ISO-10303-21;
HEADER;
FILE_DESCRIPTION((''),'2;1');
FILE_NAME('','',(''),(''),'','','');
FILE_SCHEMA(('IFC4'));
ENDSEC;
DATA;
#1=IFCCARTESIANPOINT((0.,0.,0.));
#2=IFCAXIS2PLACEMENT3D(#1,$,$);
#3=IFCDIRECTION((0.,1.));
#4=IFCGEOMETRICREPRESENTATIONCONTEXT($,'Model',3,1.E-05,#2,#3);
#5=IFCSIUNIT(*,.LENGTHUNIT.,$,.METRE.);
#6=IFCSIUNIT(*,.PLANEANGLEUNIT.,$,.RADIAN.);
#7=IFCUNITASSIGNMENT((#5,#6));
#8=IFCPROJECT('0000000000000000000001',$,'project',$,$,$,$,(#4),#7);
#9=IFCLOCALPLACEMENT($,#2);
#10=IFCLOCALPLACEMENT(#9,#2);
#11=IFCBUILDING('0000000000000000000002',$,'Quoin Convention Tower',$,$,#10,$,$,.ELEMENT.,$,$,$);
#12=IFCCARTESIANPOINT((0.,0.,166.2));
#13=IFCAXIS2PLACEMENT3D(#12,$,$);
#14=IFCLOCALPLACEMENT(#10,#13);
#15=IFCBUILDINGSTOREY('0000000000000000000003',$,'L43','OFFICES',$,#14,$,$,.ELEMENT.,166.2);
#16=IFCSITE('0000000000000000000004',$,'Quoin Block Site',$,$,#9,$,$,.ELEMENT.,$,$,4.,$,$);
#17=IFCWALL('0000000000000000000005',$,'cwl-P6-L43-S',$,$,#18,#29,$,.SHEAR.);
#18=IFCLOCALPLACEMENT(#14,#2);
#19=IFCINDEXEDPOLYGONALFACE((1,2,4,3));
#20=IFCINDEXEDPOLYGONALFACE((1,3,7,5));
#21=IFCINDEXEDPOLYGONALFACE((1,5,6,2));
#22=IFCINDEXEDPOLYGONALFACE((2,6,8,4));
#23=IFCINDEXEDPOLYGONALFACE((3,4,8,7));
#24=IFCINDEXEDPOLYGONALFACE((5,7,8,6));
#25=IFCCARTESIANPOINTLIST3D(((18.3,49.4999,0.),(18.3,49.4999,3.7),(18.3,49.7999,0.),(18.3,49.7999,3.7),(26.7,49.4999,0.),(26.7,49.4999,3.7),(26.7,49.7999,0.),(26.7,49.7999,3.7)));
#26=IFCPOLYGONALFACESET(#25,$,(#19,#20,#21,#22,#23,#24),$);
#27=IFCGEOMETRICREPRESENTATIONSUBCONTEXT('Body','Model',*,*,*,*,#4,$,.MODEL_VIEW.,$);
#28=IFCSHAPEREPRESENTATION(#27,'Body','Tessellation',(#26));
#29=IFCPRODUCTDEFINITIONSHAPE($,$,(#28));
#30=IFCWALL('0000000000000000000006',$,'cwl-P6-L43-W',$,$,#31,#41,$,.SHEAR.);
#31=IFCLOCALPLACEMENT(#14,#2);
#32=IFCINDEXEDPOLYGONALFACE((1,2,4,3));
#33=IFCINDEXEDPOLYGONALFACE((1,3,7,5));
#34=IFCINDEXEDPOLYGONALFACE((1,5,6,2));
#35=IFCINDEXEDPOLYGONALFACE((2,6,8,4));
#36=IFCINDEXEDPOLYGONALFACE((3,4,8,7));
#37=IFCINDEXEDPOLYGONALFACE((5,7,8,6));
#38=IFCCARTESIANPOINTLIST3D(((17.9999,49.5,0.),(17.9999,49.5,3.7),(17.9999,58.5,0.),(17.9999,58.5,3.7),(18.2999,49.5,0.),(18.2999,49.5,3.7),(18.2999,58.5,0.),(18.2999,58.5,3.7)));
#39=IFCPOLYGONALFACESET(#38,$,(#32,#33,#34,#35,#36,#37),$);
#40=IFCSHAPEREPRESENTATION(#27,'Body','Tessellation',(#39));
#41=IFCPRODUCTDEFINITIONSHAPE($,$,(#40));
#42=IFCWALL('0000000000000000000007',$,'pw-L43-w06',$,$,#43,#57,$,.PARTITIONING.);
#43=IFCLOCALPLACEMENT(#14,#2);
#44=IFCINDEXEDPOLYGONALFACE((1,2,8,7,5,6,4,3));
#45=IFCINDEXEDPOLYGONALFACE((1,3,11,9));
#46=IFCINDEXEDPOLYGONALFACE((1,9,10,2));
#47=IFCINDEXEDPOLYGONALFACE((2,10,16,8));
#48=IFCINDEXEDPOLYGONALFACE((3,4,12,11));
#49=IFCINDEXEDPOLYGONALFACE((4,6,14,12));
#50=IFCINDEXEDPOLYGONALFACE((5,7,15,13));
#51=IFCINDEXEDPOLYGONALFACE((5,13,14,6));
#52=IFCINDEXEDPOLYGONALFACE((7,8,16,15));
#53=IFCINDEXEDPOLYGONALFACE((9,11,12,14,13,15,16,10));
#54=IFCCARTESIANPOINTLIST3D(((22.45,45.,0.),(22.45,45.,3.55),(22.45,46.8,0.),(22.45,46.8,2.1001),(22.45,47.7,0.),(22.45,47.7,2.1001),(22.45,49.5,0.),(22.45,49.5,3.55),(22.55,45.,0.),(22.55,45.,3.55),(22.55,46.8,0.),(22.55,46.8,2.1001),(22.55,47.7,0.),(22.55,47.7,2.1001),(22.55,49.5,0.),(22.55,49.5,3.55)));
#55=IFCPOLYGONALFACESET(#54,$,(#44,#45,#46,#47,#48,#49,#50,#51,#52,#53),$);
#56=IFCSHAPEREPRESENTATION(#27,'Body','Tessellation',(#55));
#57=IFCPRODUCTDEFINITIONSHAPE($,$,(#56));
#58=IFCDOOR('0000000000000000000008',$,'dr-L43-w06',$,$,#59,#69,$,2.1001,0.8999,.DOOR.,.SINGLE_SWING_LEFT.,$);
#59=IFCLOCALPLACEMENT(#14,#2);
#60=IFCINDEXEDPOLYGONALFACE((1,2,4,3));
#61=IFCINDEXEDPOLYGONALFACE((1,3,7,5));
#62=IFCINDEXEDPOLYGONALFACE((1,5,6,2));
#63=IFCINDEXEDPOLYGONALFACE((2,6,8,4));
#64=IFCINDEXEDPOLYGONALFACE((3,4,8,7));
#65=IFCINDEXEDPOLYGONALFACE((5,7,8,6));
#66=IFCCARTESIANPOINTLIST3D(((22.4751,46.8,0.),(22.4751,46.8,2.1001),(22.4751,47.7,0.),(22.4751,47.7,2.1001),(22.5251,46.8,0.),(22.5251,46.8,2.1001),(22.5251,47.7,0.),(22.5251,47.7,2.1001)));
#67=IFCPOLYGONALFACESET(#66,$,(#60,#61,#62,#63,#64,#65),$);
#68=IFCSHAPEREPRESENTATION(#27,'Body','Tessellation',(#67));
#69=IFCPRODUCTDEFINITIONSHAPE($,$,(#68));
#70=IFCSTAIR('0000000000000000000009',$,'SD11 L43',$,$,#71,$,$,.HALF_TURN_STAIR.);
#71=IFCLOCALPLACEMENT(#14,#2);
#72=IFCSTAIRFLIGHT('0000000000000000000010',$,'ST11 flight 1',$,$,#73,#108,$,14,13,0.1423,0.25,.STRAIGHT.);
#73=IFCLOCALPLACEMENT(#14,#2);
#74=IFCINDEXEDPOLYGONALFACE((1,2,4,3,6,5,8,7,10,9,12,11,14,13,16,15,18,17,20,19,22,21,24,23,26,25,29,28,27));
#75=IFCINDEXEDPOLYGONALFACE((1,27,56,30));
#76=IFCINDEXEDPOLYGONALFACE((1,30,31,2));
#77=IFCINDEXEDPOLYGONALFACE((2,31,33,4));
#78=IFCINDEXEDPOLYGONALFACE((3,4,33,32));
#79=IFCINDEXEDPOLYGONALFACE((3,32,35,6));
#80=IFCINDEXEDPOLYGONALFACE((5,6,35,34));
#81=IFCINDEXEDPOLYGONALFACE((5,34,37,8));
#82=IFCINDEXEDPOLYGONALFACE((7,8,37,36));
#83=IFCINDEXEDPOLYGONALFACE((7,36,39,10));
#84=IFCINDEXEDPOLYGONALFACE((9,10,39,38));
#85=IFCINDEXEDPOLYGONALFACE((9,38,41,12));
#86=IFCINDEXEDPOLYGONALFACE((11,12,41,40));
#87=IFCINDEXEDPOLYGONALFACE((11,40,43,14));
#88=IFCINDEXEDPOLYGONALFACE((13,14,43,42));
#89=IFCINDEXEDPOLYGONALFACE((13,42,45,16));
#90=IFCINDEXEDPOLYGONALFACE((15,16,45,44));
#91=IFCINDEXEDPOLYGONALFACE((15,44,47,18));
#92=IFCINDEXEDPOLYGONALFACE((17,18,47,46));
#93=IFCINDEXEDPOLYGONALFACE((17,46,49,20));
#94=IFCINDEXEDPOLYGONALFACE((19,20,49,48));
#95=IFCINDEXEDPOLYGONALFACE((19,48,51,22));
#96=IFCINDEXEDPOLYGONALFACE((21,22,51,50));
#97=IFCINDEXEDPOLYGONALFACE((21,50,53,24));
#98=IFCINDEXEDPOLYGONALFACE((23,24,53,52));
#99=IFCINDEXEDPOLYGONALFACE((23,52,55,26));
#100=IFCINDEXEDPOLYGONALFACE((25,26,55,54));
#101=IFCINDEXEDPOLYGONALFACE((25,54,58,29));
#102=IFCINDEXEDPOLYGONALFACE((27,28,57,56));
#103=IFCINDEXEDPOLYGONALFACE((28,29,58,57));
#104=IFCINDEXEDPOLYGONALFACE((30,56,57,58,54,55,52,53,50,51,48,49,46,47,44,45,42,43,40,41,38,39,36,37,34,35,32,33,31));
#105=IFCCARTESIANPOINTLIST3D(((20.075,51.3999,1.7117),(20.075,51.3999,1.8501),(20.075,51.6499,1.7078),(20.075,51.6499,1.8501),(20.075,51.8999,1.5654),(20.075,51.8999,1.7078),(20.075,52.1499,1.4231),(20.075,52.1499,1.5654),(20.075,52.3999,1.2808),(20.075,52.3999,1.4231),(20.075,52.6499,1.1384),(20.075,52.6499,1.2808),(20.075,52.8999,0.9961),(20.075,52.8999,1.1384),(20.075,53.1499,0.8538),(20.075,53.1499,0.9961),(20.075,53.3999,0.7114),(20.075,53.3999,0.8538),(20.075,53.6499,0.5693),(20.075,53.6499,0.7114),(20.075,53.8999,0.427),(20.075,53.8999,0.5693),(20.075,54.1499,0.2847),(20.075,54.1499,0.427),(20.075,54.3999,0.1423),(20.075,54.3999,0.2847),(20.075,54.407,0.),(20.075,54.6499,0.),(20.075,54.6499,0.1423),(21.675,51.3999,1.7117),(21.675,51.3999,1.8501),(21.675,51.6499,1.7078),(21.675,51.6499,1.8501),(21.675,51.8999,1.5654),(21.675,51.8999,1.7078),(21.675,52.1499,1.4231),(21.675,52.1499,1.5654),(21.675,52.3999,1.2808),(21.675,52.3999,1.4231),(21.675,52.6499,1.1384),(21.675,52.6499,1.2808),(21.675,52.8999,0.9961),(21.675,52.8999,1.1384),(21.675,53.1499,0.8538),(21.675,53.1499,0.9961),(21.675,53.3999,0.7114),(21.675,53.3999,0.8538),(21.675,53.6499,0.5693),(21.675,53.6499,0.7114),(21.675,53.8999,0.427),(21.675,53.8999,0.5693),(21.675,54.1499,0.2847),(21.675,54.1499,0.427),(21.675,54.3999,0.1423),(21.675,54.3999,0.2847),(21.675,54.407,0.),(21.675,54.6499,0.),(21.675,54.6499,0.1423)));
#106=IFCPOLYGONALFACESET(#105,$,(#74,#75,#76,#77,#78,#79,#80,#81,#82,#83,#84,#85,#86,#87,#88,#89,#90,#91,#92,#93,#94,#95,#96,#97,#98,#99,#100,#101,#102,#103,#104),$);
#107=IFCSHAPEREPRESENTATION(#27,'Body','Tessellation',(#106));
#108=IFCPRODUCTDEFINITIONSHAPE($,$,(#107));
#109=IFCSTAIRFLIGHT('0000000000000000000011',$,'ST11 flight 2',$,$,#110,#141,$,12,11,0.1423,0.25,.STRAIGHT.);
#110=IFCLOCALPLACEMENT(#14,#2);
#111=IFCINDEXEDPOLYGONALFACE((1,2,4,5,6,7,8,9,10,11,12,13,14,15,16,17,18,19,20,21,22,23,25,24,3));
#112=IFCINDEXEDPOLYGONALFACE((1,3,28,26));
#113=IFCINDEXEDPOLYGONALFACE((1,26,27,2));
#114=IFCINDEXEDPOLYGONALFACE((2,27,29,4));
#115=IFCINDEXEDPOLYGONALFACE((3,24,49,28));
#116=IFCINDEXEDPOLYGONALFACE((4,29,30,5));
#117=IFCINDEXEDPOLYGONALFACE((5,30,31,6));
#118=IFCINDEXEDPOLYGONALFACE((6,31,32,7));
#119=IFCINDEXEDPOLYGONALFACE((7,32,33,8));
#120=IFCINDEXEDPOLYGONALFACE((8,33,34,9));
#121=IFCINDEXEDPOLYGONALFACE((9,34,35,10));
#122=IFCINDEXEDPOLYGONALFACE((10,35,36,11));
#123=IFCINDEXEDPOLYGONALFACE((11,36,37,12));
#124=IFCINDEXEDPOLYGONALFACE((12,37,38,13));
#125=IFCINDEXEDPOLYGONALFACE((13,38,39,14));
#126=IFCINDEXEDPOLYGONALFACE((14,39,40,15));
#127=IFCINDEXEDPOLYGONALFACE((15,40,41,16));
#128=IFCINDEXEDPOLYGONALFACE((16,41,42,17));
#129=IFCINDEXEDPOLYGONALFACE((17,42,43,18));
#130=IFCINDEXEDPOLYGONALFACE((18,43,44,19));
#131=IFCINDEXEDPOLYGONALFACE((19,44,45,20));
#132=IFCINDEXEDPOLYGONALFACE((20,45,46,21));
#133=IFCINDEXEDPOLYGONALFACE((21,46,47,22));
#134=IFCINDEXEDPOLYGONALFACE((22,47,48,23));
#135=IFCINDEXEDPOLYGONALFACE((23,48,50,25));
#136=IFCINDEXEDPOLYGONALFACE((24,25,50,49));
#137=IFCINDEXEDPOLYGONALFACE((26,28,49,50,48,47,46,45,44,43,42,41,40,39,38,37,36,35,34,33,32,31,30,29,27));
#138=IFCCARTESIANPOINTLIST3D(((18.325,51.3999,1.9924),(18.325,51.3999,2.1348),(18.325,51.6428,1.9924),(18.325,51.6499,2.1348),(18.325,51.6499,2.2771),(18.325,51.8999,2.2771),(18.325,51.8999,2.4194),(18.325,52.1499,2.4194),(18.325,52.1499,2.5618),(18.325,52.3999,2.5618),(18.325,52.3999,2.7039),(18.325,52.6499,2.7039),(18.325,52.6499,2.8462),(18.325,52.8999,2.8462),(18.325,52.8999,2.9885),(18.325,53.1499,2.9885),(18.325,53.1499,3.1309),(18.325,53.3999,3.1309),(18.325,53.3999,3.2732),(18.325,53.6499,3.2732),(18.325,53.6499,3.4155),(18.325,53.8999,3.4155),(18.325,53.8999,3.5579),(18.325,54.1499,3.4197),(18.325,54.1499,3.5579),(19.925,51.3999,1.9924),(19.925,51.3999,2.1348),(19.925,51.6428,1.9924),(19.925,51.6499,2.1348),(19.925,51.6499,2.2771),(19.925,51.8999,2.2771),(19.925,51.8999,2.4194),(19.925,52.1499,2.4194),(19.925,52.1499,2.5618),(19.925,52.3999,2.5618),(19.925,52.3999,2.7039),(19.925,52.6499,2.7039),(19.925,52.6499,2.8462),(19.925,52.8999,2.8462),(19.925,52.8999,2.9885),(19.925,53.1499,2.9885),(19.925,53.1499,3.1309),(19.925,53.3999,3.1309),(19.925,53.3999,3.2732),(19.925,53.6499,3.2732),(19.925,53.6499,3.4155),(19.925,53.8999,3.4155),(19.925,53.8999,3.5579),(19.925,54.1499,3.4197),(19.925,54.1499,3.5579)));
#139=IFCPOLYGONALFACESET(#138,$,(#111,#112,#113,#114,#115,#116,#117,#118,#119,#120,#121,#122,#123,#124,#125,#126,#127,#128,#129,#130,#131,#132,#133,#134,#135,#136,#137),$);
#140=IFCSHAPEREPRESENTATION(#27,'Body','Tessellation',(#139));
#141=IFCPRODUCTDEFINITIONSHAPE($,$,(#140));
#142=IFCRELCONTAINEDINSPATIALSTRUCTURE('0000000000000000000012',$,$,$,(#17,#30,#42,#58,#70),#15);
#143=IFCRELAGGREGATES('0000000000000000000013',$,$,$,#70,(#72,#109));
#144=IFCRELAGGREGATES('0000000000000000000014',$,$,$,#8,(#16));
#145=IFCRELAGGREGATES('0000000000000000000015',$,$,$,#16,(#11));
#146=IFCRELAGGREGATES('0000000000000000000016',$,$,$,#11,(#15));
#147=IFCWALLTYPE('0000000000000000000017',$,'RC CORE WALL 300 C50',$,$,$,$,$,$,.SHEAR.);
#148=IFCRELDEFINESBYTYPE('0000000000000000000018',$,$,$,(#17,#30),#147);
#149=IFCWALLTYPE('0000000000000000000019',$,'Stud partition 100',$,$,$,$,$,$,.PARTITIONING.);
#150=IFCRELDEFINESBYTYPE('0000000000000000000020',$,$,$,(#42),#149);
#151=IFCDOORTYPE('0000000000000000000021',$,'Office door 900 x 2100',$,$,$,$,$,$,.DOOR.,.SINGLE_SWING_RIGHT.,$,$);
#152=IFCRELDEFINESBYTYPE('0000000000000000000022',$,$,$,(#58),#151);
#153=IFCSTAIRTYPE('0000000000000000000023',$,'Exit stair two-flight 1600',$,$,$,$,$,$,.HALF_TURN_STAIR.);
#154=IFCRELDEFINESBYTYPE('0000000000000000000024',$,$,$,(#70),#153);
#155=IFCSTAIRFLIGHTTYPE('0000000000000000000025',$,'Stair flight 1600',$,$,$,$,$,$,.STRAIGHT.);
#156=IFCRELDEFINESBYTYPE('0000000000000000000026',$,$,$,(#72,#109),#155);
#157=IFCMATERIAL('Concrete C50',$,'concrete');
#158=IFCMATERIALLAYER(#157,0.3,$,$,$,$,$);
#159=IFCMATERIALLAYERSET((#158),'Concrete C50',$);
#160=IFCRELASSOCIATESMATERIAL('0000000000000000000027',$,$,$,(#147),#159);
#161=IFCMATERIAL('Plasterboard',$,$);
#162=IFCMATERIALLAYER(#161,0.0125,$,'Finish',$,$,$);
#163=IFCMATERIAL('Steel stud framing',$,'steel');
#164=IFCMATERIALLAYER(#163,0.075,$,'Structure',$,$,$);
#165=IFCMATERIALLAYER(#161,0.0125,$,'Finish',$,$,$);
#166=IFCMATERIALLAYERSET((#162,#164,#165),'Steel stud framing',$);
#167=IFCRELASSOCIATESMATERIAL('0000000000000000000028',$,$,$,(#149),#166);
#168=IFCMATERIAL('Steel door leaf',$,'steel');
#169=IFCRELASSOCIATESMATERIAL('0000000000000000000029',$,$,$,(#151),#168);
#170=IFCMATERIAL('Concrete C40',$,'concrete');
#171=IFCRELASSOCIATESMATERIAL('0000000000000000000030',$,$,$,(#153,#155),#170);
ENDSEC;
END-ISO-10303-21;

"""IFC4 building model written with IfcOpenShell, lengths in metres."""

from ifc_helpers import new_model, si_unit, direction, frame, frame_2d, origin, place, context, subcontext, project, spatial, polyline, rectangle, outline, extrude, material, layer, layer_set, type_object, element, fill, aggregate, save


model = new_model("IFC4")

# Units and contexts
model_context = context("Model", 3, precision=1e-05, world=origin(), true_north=direction((0.0, 1.0)))
body_context = subcontext(model_context, "Body", "Model", "MODEL_VIEW")
ifc_project = project(units=[si_unit("LENGTHUNIT", "METRE"), si_unit("PLANEANGLEUNIT", "RADIAN")], contexts=[model_context])

# Site, building, storey
site_placement = place(None, origin())
site = spatial("IfcSite", under=ifc_project, at=site_placement, Name="Quoin Block Site", CompositionType="ELEMENT", RefElevation=4.0)
building_placement = place(site_placement, origin())
building = spatial("IfcBuilding", under=site, at=building_placement, Name="Quoin Convention Tower", CompositionType="ELEMENT")
storey_placement = place(building_placement, frame((0.0, 0.0, 166.2)))
storey = spatial("IfcBuildingStorey", under=building, at=storey_placement, Name="L43", Description="OFFICES", CompositionType="ELEMENT", Elevation=166.2)

# Shared definitions
ifc_material_1 = material(Name="Concrete C50", Category="concrete")

# Walls
ifc_layer_1 = layer(ifc_material_1, 0.3)
ifc_layer_set_1 = layer_set([ifc_layer_1], Name="Concrete C50")
wall_type_1 = type_object("IfcWallType", Name="RC CORE WALL 300 C50", PredefinedType="SHEAR", material=ifc_layer_set_1)
wall_1_placement = place(storey_placement, frame((18.3, 49.6499, 0.0), z_axis=(0.0, 0.0, 1.0), x_axis=(1.0, 0.0, 0.0)))
element("IfcWall", 1, at=wall_1_placement, inside=storey, type_object=wall_type_1, Name="cwl-P6-L43-S", PredefinedType="SHEAR", context=body_context, shape_type="SweptSolid", body=[
    extrude(rectangle(XDim=8.3999, YDim=0.3, at=frame_2d((4.2, 0.0))), origin(), (0.0, 0.0, 1.0), 3.7),
])
wall_2_placement = place(storey_placement, frame((18.1499, 49.5, 0.0), z_axis=(0.0, 0.0, 1.0), x_axis=(0.0, 1.0, 0.0)))
element("IfcWall", 2, at=wall_2_placement, inside=storey, type_object=wall_type_1, Name="cwl-P6-L43-W", PredefinedType="SHEAR", context=body_context, shape_type="SweptSolid", body=[
    extrude(rectangle(XDim=9.0, YDim=0.3, at=frame_2d((4.5, 0.0))), origin(), (0.0, 0.0, 1.0), 3.7),
])

# Wall, opening, door
ifc_material_2 = material(Name="Plasterboard")
ifc_layer_2 = layer(ifc_material_2, 0.0125, Name="Finish")
ifc_material_3 = material(Name="Steel stud framing", Category="steel")
ifc_layer_3 = layer(ifc_material_3, 0.075, Name="Structure")
ifc_layer_4 = layer(ifc_material_2, 0.0125, Name="Finish")
ifc_layer_set_2 = layer_set([ifc_layer_2, ifc_layer_3, ifc_layer_4], Name="Steel stud framing")
wall_type_2 = type_object("IfcWallType", Name="Stud partition 100", PredefinedType="PARTITIONING", material=ifc_layer_set_2)
wall_3_placement = place(storey_placement, frame((22.5, 49.5, 0.0), z_axis=(0.0, 0.0, 1.0), x_axis=(0.0, -1.0, 0.0)))
wall_3 = element("IfcWall", 3, at=wall_3_placement, inside=storey, type_object=wall_type_2, Name="pw-L43-w06", PredefinedType="PARTITIONING", context=body_context, shape_type="SweptSolid", body=[
    extrude(rectangle(XDim=4.5, YDim=0.1001, at=frame_2d((2.25, 0.0))), origin(), (0.0, 0.0, 1.0), 3.55),
])
opening_placement = place(wall_3_placement, frame((1.8, 0.0, 0.0)))
opening = element("IfcOpeningElement", 4, at=opening_placement, cuts=wall_3, PredefinedType="OPENING", context=body_context, shape_type="SweptSolid", body=[
    extrude(rectangle(XDim=0.8999, YDim=2.1001, at=frame_2d((0.45, 1.05))), frame((0.0, 0.0601, 0.0), z_axis=(0.0, -1.0, 0.0), x_axis=(1.0, 0.0, 0.0)), (0.0, 0.0, 1.0), 0.1201),
])
ifc_material_4 = material(Name="Steel door leaf", Category="steel")
door_type = type_object("IfcDoorType", Name="Office door 900 x 2100", OperationType="SINGLE_SWING_RIGHT", PredefinedType="DOOR", material=ifc_material_4)
door_placement = place(opening_placement, frame((0.8999, 0.0, 0.0), z_axis=(0.0, 0.0, 1.0), x_axis=(-1.0, 0.0, 0.0)))
door = element("IfcDoor", 5, at=door_placement, inside=storey, type_object=door_type, Name="dr-L43-w06", OperationType="SINGLE_SWING_LEFT", OverallHeight=2.1001, OverallWidth=0.8999, PredefinedType="DOOR", context=body_context, shape_type="SweptSolid", body=[
    extrude(rectangle(XDim=0.8999, YDim=2.1001, at=frame_2d((0.45, 1.05))), frame((0.0, 0.0249, 0.0), z_axis=(0.0, -1.0, 0.0), x_axis=(1.0, 0.0, 0.0)), (0.0, 0.0, 1.0), 0.05),
])
fill(opening, door)

# Stair, stair flights
ifc_material_5 = material(Name="Concrete C40", Category="concrete")
stair_type = type_object("IfcStairType", Name="Exit stair two-flight 1600", PredefinedType="HALF_TURN_STAIR", material=ifc_material_5)
stair_1_placement = place(storey_placement, origin())
stair_1 = element("IfcStair", 6, at=stair_1_placement, inside=storey, type_object=stair_type, Name="SD11 L43", PredefinedType="HALF_TURN_STAIR")
stair_flight_type = type_object("IfcStairFlightType", Name="Stair flight 1600", PredefinedType="STRAIGHT", material=ifc_material_5)
stair_flight_1_placement = place(storey_placement, frame((20.875, 54.6499, 0.0), z_axis=(0.0, 0.0, 1.0), x_axis=(0.0, -1.0, 0.0)))
stair_flight_1 = element("IfcStairFlight", 7, at=stair_flight_1_placement, type_object=stair_flight_type, Name="ST11 flight 1", NumberOfRisers=14, NumberOfTreads=13, PredefinedType="STRAIGHT", RiserHeight=0.1423, TreadLength=0.25, context=body_context, shape_type="SweptSolid", body=[
    extrude(outline(polyline([(0.0, 0.0), (0.0, 0.1423), (0.25, 0.1423), (0.25, 0.2847), (0.5, 0.2847), (0.5, 0.427), (0.75, 0.427), (0.75, 0.5693), (1.0, 0.5693), (1.0, 0.7114), (1.25, 0.7114), (1.25, 0.8538), (1.5, 0.8538), (1.5, 0.9961), (1.75, 0.9961), (1.75, 1.1384), (2.0, 1.1384), (2.0, 1.2808), (2.25, 1.2808), (2.25, 1.4231), (2.5, 1.4231), (2.5, 1.5654), (2.75, 1.5654), (2.75, 1.7078), (3.0, 1.7078), (3.0, 1.8501), (3.25, 1.8501), (3.25, 1.9922), (3.25, 1.7117), (0.2429, 0.0), (0.0, 0.0)])), frame((0.0, 0.8, 0.0), z_axis=(0.0, -1.0, 0.0), x_axis=(1.0, 0.0, 0.0)), (0.0, 0.0, 1.0), 1.6001),
])
stair_flight_2_placement = place(storey_placement, frame((19.125, 51.3999, 1.9924), z_axis=(0.0, 0.0, 1.0), x_axis=(0.0, 1.0, 0.0)))
stair_flight_2 = element("IfcStairFlight", 8, at=stair_flight_2_placement, type_object=stair_flight_type, Name="ST11 flight 2", NumberOfRisers=12, NumberOfTreads=11, PredefinedType="STRAIGHT", RiserHeight=0.1423, TreadLength=0.25, context=body_context, shape_type="SweptSolid", body=[
    extrude(outline(polyline([(0.0, 0.0), (0.0, 0.1423), (0.25, 0.1423), (0.25, 0.2847), (0.5, 0.2847), (0.5, 0.427), (0.75, 0.427), (0.75, 0.5693), (1.0, 0.5693), (1.0, 0.7114), (1.25, 0.7114), (1.25, 0.8538), (1.5, 0.8538), (1.5, 0.9961), (1.75, 0.9961), (1.75, 1.1384), (2.0, 1.1384), (2.0, 1.2808), (2.25, 1.2808), (2.25, 1.4231), (2.5, 1.4231), (2.5, 1.5654), (2.75, 1.5654), (2.75, 1.7078), (2.75, 1.4272), (0.2429, 0.0), (0.0, 0.0)])), frame((0.0, 0.8, 0.0), z_axis=(0.0, -1.0, 0.0), x_axis=(1.0, 0.0, 0.0)), (0.0, 0.0, 1.0), 1.6001),
])
aggregate(stair_1, [stair_flight_1, stair_flight_2])

save(model, "model.ifc")
